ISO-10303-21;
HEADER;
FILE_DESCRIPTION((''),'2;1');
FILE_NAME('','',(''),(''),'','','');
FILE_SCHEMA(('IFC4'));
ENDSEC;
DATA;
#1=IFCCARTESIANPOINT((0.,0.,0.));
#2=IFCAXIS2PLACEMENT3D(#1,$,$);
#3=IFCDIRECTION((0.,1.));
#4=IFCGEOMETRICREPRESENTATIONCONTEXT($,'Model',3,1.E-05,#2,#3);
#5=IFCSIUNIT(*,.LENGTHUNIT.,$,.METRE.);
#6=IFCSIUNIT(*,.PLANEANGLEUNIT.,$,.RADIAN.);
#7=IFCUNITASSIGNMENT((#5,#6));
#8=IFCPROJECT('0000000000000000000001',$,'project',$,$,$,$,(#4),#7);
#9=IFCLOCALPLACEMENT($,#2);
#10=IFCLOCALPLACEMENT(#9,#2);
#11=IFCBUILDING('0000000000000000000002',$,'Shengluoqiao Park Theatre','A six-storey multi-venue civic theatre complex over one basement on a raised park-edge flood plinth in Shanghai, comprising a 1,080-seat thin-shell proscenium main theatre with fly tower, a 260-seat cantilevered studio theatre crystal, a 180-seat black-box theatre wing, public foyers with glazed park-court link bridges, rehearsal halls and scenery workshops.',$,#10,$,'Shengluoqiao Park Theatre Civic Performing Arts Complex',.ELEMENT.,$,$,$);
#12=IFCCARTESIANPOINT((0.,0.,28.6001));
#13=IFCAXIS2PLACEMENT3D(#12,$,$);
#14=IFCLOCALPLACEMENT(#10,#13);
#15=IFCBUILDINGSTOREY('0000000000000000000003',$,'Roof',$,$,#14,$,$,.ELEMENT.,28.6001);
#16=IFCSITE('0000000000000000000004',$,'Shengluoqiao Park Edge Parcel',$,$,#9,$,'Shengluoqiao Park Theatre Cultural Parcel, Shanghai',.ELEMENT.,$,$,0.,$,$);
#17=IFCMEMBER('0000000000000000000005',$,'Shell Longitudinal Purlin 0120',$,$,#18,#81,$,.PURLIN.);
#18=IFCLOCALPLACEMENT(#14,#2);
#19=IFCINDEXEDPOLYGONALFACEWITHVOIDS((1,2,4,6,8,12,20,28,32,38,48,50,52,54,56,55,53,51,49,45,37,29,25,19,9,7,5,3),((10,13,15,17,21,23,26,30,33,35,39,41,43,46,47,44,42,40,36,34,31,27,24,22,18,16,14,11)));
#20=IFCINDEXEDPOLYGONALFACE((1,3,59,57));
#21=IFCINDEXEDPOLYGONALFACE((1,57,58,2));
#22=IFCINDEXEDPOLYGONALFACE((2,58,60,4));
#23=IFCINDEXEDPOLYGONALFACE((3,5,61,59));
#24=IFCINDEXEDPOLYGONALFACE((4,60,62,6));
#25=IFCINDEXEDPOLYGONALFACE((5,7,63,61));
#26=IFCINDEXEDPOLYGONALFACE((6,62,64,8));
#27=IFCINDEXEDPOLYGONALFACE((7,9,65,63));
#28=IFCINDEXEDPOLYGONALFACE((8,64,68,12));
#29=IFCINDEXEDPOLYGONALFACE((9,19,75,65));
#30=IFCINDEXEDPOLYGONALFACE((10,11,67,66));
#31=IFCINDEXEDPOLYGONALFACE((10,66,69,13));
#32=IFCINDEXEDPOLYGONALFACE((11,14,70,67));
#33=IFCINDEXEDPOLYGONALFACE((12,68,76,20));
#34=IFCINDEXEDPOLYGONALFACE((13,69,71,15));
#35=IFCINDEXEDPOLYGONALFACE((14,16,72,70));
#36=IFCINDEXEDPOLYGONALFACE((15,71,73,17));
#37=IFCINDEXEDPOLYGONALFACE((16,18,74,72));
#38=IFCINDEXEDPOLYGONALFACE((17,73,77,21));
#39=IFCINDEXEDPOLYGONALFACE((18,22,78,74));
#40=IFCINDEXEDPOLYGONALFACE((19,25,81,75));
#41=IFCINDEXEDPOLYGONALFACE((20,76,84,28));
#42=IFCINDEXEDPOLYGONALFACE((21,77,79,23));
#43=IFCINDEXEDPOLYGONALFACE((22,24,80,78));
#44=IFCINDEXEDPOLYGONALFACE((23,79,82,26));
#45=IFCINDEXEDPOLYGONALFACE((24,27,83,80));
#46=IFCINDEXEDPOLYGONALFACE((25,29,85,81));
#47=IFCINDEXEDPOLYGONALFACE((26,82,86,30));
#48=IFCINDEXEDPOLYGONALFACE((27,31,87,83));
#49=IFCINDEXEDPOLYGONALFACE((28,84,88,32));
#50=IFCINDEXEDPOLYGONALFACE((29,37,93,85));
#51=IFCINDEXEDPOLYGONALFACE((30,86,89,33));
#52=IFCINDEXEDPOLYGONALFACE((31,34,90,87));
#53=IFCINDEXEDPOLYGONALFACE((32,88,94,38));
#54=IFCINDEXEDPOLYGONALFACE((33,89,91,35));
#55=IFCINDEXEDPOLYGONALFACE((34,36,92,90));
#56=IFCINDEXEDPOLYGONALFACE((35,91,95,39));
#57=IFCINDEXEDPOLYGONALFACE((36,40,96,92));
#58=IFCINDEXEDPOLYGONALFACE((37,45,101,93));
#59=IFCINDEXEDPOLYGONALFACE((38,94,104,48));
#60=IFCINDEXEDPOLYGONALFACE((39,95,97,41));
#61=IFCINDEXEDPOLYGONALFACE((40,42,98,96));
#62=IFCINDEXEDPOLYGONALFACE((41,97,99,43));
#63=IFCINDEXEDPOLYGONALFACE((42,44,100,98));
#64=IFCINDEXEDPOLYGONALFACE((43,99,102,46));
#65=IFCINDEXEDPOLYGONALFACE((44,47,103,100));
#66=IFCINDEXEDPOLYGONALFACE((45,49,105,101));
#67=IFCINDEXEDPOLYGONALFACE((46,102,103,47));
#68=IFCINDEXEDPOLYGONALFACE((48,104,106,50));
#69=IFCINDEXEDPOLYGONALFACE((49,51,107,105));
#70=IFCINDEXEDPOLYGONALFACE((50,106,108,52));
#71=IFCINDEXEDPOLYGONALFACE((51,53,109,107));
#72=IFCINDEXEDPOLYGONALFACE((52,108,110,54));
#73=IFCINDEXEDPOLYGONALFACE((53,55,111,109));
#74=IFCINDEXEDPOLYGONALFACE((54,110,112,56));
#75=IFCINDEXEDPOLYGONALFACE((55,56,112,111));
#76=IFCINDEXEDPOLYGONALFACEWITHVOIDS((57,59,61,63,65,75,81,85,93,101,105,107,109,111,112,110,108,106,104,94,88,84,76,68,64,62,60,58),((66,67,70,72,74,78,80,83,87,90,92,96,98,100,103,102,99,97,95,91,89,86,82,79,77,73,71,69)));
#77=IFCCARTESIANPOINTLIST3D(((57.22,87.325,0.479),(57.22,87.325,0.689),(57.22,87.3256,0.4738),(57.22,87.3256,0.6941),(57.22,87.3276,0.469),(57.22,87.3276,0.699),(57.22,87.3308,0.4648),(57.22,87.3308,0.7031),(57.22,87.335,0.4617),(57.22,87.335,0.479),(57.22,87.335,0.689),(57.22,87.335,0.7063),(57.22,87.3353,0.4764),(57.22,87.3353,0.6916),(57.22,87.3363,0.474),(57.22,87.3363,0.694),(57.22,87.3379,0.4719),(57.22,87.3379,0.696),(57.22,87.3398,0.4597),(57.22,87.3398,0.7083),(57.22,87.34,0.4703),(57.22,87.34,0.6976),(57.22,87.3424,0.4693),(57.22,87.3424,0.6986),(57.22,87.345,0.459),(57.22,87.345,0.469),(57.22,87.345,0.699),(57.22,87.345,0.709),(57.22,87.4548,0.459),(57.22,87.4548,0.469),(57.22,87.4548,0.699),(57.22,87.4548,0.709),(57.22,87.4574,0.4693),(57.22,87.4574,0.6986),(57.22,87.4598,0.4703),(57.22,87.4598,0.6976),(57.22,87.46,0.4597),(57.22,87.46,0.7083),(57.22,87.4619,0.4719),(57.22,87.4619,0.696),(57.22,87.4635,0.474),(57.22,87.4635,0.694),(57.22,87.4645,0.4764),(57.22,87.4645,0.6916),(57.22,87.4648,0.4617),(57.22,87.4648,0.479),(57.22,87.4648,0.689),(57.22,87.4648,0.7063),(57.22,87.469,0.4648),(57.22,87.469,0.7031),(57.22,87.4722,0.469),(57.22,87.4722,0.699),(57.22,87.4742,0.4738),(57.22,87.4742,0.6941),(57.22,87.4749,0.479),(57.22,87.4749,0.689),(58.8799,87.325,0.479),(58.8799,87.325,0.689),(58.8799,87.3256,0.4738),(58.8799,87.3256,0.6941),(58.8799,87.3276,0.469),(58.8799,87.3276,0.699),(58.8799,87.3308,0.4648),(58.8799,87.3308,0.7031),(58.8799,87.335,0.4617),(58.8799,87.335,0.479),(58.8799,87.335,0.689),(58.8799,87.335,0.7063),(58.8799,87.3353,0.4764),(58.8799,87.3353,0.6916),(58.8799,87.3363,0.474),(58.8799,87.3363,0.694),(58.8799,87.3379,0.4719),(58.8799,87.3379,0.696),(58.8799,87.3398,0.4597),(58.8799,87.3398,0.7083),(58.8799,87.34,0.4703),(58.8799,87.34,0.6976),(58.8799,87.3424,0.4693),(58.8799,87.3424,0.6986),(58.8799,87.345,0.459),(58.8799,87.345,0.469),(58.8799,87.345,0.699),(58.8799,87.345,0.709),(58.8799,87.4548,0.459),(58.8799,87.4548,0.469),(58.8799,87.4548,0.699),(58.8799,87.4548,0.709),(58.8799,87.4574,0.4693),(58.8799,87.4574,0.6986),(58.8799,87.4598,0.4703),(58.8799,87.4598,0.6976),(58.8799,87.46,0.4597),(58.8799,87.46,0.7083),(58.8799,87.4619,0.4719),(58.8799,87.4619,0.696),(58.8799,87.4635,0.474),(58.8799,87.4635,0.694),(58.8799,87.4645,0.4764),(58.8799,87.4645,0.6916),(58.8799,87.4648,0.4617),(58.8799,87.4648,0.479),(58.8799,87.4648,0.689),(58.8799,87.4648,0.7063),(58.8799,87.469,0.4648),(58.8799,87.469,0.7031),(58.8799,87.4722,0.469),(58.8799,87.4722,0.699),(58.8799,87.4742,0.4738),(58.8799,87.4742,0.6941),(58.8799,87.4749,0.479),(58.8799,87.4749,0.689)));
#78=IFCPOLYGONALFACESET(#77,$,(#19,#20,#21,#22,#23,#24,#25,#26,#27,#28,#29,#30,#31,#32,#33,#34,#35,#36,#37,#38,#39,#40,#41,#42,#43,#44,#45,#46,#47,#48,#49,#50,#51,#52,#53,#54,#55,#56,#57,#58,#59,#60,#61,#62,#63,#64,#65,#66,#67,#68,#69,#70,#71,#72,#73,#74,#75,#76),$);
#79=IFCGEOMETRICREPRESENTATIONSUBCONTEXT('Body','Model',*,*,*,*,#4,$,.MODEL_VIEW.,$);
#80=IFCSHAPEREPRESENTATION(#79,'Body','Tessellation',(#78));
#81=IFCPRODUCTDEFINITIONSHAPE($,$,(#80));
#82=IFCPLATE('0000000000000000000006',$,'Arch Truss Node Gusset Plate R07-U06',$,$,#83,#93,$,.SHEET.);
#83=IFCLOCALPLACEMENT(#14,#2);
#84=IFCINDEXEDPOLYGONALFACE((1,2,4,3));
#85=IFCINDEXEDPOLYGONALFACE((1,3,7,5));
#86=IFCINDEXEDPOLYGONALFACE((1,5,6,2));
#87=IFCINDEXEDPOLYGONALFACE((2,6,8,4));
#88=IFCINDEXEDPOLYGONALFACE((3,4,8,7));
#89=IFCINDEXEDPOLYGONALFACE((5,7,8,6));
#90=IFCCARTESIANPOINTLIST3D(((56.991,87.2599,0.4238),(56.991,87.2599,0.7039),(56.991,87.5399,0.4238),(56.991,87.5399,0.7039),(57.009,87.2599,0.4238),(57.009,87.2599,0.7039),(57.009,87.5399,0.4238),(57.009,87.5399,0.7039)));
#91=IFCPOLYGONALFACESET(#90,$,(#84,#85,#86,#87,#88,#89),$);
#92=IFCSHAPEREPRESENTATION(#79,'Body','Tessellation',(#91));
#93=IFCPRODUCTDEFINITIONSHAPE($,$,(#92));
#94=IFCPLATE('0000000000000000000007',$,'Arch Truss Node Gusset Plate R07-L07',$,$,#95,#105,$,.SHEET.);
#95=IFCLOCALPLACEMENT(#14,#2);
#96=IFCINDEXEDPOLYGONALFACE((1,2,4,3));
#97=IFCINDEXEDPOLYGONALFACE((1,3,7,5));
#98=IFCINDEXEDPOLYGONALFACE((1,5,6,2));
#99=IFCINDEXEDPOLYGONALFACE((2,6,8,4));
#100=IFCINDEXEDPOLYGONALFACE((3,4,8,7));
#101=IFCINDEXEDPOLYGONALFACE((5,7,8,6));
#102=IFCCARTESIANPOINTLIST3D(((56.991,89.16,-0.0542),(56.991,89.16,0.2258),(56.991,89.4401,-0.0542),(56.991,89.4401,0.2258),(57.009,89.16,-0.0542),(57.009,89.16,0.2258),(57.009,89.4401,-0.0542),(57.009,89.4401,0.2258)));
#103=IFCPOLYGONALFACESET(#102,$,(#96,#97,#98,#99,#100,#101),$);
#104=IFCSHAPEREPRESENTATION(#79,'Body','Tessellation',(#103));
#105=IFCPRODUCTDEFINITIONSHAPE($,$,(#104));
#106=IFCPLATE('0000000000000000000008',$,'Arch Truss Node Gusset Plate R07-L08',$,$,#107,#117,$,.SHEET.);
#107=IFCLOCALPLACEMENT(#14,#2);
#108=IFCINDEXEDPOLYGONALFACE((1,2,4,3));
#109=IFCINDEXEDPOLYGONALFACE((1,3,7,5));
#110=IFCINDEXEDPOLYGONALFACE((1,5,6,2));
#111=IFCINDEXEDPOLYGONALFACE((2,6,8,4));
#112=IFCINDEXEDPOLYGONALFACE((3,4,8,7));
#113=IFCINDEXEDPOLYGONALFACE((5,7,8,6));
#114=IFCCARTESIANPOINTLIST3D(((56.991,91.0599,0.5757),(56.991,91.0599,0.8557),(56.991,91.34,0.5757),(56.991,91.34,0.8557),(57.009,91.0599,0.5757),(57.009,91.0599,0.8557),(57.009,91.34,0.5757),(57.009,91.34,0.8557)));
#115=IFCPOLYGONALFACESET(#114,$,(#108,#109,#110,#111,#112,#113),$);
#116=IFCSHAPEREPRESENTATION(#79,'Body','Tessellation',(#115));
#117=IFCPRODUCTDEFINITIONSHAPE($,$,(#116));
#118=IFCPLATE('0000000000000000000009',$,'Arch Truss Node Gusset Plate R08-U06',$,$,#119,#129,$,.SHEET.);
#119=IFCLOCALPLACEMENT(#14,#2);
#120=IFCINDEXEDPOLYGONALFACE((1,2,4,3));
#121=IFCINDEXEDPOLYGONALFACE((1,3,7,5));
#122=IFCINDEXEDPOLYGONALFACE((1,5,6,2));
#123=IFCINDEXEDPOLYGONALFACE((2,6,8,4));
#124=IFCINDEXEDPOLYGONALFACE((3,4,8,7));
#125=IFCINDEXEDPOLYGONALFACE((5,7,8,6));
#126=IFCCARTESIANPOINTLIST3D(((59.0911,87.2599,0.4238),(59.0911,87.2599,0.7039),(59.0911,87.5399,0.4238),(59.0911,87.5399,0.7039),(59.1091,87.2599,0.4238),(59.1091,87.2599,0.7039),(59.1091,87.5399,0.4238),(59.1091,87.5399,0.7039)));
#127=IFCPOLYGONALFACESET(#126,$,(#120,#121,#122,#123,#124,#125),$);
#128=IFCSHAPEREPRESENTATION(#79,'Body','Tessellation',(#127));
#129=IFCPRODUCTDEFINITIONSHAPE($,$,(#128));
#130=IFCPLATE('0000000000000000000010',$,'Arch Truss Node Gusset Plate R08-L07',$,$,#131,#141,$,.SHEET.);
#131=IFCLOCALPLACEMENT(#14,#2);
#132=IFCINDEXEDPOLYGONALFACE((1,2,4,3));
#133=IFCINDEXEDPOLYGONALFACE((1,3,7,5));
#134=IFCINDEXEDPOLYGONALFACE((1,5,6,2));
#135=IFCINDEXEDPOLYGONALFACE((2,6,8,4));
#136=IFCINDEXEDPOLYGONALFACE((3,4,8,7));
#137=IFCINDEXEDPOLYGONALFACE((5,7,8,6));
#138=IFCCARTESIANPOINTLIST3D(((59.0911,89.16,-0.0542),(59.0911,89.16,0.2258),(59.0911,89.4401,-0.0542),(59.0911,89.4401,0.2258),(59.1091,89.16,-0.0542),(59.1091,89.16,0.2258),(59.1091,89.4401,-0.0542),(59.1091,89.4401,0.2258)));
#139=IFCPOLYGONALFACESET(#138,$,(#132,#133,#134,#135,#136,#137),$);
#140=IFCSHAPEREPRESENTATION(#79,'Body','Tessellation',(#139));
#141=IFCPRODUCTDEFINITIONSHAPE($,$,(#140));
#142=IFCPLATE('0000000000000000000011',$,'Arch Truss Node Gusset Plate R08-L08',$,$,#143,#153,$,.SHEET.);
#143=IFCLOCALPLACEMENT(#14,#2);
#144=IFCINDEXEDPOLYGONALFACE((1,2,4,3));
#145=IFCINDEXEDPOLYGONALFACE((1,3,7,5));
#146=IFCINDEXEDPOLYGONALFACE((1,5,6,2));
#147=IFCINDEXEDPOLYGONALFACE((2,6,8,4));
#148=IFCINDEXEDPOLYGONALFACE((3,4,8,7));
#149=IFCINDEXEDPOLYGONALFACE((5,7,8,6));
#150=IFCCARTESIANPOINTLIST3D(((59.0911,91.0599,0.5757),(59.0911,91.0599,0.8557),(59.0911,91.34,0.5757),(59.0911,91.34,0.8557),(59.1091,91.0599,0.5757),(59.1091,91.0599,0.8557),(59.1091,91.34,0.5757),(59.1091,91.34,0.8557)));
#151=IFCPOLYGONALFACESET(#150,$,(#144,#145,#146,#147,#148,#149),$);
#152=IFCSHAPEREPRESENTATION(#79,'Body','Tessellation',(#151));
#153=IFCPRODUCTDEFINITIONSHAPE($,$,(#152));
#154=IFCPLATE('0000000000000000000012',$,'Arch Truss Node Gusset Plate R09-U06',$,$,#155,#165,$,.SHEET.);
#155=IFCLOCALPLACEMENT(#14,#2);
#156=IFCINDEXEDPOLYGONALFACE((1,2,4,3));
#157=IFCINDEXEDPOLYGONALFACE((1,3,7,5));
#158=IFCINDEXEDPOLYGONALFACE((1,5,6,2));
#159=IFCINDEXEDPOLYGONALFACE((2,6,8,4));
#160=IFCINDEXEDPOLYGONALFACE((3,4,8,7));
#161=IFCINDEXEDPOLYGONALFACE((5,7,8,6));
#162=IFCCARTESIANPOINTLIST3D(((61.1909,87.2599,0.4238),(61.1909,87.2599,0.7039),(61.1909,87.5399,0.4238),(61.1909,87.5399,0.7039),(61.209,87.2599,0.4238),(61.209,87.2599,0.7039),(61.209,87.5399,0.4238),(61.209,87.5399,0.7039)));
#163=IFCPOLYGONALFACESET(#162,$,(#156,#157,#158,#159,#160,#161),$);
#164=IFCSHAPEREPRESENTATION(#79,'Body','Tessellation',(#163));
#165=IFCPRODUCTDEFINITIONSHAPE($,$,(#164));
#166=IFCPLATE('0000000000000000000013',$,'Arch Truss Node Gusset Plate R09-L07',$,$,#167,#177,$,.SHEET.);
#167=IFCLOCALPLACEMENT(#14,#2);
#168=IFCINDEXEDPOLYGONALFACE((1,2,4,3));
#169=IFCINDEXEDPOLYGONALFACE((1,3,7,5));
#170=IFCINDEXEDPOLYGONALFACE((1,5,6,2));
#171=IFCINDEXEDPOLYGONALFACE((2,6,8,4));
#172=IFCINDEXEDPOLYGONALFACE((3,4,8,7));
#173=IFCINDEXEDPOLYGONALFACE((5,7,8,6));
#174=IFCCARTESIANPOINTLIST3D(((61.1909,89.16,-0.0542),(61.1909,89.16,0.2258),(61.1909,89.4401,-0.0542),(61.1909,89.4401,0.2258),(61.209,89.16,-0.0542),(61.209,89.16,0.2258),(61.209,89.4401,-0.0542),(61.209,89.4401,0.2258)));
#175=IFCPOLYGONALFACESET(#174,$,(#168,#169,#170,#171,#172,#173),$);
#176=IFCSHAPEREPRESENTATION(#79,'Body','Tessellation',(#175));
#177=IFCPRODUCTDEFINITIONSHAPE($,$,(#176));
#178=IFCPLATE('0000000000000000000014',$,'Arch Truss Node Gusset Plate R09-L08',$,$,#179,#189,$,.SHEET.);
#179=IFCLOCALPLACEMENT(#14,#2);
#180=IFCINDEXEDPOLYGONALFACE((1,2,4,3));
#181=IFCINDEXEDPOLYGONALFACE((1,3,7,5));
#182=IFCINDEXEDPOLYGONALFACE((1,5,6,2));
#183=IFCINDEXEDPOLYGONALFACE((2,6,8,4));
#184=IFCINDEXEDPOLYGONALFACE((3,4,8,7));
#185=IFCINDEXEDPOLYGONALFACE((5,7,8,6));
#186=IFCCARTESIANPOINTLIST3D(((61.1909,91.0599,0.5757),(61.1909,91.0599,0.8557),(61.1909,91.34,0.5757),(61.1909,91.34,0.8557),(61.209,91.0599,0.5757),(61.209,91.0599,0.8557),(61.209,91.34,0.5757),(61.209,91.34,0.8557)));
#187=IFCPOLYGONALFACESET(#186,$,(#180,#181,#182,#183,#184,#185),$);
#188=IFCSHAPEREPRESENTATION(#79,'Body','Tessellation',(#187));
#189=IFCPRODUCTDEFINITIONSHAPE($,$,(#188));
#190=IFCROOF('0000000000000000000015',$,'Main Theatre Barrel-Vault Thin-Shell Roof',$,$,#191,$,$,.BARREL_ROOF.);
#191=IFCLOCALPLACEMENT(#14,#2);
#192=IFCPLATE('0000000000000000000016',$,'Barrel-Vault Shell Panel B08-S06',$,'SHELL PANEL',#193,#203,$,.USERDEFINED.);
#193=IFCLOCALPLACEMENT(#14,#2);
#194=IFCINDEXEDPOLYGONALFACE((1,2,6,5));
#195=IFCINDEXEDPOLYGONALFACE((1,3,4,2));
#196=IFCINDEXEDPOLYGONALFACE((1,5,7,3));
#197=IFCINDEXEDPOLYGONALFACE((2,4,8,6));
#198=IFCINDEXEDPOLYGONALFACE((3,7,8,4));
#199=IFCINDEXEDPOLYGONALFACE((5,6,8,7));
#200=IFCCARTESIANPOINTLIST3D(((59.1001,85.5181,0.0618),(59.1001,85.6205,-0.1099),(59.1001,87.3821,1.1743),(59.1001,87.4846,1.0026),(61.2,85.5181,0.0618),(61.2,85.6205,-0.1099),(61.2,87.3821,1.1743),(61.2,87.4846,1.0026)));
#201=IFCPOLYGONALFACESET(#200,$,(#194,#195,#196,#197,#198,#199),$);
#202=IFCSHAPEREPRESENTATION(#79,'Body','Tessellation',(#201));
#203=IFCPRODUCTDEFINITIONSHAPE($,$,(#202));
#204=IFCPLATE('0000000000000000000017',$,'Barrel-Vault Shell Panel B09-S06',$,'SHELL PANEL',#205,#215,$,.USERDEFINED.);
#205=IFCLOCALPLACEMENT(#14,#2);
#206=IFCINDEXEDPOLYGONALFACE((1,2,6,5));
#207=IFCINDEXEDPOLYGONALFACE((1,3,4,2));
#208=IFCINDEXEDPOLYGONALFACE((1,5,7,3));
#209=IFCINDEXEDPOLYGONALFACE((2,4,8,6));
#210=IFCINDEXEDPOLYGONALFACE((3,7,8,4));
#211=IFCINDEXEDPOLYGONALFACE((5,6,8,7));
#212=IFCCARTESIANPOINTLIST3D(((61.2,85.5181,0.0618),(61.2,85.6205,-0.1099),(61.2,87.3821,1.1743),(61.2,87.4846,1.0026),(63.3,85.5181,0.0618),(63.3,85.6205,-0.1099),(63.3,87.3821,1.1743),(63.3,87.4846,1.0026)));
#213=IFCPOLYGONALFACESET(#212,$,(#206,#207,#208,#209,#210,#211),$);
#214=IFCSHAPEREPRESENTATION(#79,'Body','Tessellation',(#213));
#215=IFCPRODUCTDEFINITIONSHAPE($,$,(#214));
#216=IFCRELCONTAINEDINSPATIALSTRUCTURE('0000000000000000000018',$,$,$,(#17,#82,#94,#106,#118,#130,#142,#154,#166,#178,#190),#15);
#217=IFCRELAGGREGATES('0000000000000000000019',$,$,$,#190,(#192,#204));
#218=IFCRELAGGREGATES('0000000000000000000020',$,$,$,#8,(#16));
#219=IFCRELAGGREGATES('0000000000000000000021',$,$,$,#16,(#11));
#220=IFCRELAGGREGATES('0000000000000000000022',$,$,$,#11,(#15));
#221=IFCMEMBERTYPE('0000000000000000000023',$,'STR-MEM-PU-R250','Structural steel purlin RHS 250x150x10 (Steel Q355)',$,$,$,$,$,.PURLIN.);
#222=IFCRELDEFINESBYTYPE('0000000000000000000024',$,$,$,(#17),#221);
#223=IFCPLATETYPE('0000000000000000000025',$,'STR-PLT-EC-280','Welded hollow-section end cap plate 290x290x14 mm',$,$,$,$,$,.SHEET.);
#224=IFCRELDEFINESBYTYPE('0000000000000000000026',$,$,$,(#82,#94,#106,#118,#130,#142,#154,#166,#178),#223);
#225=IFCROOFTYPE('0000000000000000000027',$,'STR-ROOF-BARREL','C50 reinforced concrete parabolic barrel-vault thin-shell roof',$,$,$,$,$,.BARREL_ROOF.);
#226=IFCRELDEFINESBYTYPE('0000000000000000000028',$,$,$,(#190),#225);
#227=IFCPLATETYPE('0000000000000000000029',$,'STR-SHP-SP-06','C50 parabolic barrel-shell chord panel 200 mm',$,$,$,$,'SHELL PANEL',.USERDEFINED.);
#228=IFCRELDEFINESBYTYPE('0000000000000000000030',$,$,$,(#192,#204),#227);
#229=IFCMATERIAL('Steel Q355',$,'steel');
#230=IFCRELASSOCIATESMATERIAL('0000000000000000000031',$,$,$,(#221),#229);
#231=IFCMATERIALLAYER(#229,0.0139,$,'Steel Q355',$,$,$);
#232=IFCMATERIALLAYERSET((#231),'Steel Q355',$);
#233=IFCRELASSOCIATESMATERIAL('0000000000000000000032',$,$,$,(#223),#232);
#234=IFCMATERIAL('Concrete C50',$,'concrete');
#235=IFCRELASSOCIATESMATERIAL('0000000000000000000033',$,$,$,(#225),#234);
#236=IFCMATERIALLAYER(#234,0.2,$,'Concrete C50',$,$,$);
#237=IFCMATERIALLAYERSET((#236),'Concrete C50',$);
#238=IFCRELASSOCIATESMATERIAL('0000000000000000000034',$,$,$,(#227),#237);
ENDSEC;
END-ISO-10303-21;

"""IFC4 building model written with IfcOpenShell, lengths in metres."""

from ifc_helpers import new_model, si_unit, direction, frame, origin, origin_2d, place, context, subcontext, project, spatial, polyline, rectangle, hollow_rectangle, outline, extrude, material, layer, layer_set, material_profile, profile_set, type_object, element, aggregate, save


model = new_model("IFC4")

# Units and contexts
model_context = context("Model", 3, precision=1e-05, world=origin(), true_north=direction((0.0, 1.0)))
body_context = subcontext(model_context, "Body", "Model", "MODEL_VIEW")
ifc_project = project(units=[si_unit("LENGTHUNIT", "METRE"), si_unit("PLANEANGLEUNIT", "RADIAN")], contexts=[model_context])

# Site, building, storey
site_placement = place(None, origin())
site = spatial("IfcSite", under=ifc_project, at=site_placement, Name="Shengluoqiao Park Edge Parcel", LongName="Shengluoqiao Park Theatre Cultural Parcel, Shanghai", CompositionType="ELEMENT", RefElevation=0.0)
building_placement = place(site_placement, origin())
building = spatial("IfcBuilding", under=site, at=building_placement, Name="Shengluoqiao Park Theatre", Description="A six-storey multi-venue civic theatre complex over one basement on a raised park-edge flood plinth in Shanghai, comprising a 1,080-seat thin-shell proscenium main theatre with fly tower, a 260-seat cantilevered studio theatre crystal, a 180-seat black-box theatre wing, public foyers with glazed park-court link bridges, rehearsal halls and scenery workshops.", LongName="Shengluoqiao Park Theatre Civic Performing Arts Complex", CompositionType="ELEMENT")
storey_placement = place(building_placement, frame((0.0, 0.0, 28.6001)))
storey = spatial("IfcBuildingStorey", under=building, at=storey_placement, Name="Roof", CompositionType="ELEMENT", Elevation=28.6001)

# Shared definitions
ifc_material_1 = material(Name="Concrete C50", Category="concrete")
ifc_material_2 = material(Name="Steel Q355", Category="steel")

# Member
ifc_material_profile_1 = material_profile(ifc_material_2, hollow_rectangle(XDim=0.1499, YDim=0.25, WallThickness=0.01, InnerFilletRadius=0.01, OuterFilletRadius=0.02, at=origin_2d()), Name="RHS 250x150x10")
ifc_profile_set_1 = profile_set([ifc_material_profile_1], Name="Steel Q355")
member_type_1 = type_object("IfcMemberType", Name="STR-MEM-PU-R250", Description="Structural steel purlin RHS 250x150x10 (Steel Q355)", PredefinedType="PURLIN", material=ifc_profile_set_1)
member_1_placement = place(storey_placement, frame((57.22, 87.3999, 0.584), z_axis=(1.0, 0.0, 0.0), x_axis=(0.0, 1.0, 0.0)))
element("IfcMember", 1, at=member_1_placement, inside=storey, type_object=member_type_1, Name="Shell Longitudinal Purlin 0120", PredefinedType="PURLIN", context=body_context, shape_type="SweptSolid", body=[
    extrude(hollow_rectangle(XDim=0.1499, YDim=0.25, WallThickness=0.01, InnerFilletRadius=0.01, OuterFilletRadius=0.02, at=origin_2d()), origin(), (0.0, 0.0, 1.0), 1.6599),
])

# Plates
ifc_layer_1 = layer(ifc_material_2, 0.0139, Name="Steel Q355")
ifc_layer_set_1 = layer_set([ifc_layer_1], Name="Steel Q355")
plate_type_1 = type_object("IfcPlateType", Name="STR-PLT-EC-280", Description="Welded hollow-section end cap plate 290x290x14 mm", PredefinedType="SHEET", material=ifc_layer_set_1)
for number, where, z_axis, x_axis, name in (
    (2, (57.0, 87.3999, 0.4238), (0.0, 0.0, 1.0), (1.0, 0.0, 0.0), "Arch Truss Node Gusset Plate R07-U06"),
    (3, (57.0, 89.3, -0.0542), (0.0, 0.0, 1.0), (1.0, 0.0, 0.0), "Arch Truss Node Gusset Plate R07-L07"),
    (4, (57.0, 91.2, 0.5757), (0.0, 0.0, 1.0), (1.0, 0.0, 0.0), "Arch Truss Node Gusset Plate R07-L08"),
    (5, (59.1001, 87.3999, 0.4238), (0.0, 0.0, 1.0), (1.0, 0.0, 0.0), "Arch Truss Node Gusset Plate R08-U06"),
    (6, (59.1001, 89.3, -0.0542), (0.0, 0.0, 1.0), (1.0, 0.0, 0.0), "Arch Truss Node Gusset Plate R08-L07"),
    (7, (59.1001, 91.2, 0.5757), (0.0, 0.0, 1.0), (1.0, 0.0, 0.0), "Arch Truss Node Gusset Plate R08-L08"),
    (8, (61.2, 87.3999, 0.4238), (0.0, 0.0, 1.0), (1.0, 0.0, 0.0), "Arch Truss Node Gusset Plate R09-U06"),
    (9, (61.2, 89.3, -0.0542), (0.0, 0.0, 1.0), (1.0, 0.0, 0.0), "Arch Truss Node Gusset Plate R09-L07"),
    (10, (61.2, 91.2, 0.5757), (0.0, 0.0, 1.0), (1.0, 0.0, 0.0), "Arch Truss Node Gusset Plate R09-L08"),
):
    element("IfcPlate", number, at=place(storey_placement, frame(where, z_axis=z_axis, x_axis=x_axis)), inside=storey, type_object=plate_type_1, Name=name, PredefinedType="SHEET", context=body_context, shape_type="SweptSolid", body=[
        extrude(rectangle(XDim=0.0181, YDim=0.28, at=origin_2d()), origin(), (0.0, 0.0, 1.0), 0.28),
    ])

# Roof, plates
roof_type = type_object("IfcRoofType", Name="STR-ROOF-BARREL", Description="C50 reinforced concrete parabolic barrel-vault thin-shell roof", PredefinedType="BARREL_ROOF", material=ifc_material_1)
roof_placement = place(storey_placement, origin())
roof = element("IfcRoof", 11, at=roof_placement, inside=storey, type_object=roof_type, Name="Main Theatre Barrel-Vault Thin-Shell Roof", PredefinedType="BARREL_ROOF")
ifc_layer_2 = layer(ifc_material_1, 0.2, Name="Concrete C50")
ifc_layer_set_2 = layer_set([ifc_layer_2], Name="Concrete C50")
plate_type_2 = type_object("IfcPlateType", Name="STR-SHP-SP-06", Description="C50 parabolic barrel-shell chord panel 200 mm", ElementType="SHELL PANEL", PredefinedType="USERDEFINED", material=ifc_layer_set_2)
plate_1_placement = place(storey_placement, frame((59.1001, 85.5181, 0.0618), z_axis=(0.0, -0.51251, 0.858681), x_axis=(1.0, 0.0, 0.0)))
plate_1 = element("IfcPlate", 12, at=plate_1_placement, type_object=plate_type_2, Name="Barrel-Vault Shell Panel B08-S06", ObjectType="SHELL PANEL", PredefinedType="USERDEFINED", context=body_context, shape_type="SweptSolid", body=[
    extrude(outline(polyline([(0.0, 0.0), (2.0999, 0.0), (2.0999, 2.1708), (0.0, 2.1708), (0.0, 0.0)])), origin(), (0.0, 0.0, -1.0), 0.2),
])
plate_2_placement = place(storey_placement, frame((61.2, 85.5181, 0.0618), z_axis=(0.0, -0.51251, 0.858681), x_axis=(1.0, 0.0, 0.0)))
plate_2 = element("IfcPlate", 13, at=plate_2_placement, type_object=plate_type_2, Name="Barrel-Vault Shell Panel B09-S06", ObjectType="SHELL PANEL", PredefinedType="USERDEFINED", context=body_context, shape_type="SweptSolid", body=[
    extrude(outline(polyline([(0.0, 0.0), (2.1001, 0.0), (2.1001, 2.1708), (0.0, 2.1708), (0.0, 0.0)])), origin(), (0.0, 0.0, -1.0), 0.2),
])
aggregate(roof, [plate_1, plate_2])

save(model, "model.ifc")
